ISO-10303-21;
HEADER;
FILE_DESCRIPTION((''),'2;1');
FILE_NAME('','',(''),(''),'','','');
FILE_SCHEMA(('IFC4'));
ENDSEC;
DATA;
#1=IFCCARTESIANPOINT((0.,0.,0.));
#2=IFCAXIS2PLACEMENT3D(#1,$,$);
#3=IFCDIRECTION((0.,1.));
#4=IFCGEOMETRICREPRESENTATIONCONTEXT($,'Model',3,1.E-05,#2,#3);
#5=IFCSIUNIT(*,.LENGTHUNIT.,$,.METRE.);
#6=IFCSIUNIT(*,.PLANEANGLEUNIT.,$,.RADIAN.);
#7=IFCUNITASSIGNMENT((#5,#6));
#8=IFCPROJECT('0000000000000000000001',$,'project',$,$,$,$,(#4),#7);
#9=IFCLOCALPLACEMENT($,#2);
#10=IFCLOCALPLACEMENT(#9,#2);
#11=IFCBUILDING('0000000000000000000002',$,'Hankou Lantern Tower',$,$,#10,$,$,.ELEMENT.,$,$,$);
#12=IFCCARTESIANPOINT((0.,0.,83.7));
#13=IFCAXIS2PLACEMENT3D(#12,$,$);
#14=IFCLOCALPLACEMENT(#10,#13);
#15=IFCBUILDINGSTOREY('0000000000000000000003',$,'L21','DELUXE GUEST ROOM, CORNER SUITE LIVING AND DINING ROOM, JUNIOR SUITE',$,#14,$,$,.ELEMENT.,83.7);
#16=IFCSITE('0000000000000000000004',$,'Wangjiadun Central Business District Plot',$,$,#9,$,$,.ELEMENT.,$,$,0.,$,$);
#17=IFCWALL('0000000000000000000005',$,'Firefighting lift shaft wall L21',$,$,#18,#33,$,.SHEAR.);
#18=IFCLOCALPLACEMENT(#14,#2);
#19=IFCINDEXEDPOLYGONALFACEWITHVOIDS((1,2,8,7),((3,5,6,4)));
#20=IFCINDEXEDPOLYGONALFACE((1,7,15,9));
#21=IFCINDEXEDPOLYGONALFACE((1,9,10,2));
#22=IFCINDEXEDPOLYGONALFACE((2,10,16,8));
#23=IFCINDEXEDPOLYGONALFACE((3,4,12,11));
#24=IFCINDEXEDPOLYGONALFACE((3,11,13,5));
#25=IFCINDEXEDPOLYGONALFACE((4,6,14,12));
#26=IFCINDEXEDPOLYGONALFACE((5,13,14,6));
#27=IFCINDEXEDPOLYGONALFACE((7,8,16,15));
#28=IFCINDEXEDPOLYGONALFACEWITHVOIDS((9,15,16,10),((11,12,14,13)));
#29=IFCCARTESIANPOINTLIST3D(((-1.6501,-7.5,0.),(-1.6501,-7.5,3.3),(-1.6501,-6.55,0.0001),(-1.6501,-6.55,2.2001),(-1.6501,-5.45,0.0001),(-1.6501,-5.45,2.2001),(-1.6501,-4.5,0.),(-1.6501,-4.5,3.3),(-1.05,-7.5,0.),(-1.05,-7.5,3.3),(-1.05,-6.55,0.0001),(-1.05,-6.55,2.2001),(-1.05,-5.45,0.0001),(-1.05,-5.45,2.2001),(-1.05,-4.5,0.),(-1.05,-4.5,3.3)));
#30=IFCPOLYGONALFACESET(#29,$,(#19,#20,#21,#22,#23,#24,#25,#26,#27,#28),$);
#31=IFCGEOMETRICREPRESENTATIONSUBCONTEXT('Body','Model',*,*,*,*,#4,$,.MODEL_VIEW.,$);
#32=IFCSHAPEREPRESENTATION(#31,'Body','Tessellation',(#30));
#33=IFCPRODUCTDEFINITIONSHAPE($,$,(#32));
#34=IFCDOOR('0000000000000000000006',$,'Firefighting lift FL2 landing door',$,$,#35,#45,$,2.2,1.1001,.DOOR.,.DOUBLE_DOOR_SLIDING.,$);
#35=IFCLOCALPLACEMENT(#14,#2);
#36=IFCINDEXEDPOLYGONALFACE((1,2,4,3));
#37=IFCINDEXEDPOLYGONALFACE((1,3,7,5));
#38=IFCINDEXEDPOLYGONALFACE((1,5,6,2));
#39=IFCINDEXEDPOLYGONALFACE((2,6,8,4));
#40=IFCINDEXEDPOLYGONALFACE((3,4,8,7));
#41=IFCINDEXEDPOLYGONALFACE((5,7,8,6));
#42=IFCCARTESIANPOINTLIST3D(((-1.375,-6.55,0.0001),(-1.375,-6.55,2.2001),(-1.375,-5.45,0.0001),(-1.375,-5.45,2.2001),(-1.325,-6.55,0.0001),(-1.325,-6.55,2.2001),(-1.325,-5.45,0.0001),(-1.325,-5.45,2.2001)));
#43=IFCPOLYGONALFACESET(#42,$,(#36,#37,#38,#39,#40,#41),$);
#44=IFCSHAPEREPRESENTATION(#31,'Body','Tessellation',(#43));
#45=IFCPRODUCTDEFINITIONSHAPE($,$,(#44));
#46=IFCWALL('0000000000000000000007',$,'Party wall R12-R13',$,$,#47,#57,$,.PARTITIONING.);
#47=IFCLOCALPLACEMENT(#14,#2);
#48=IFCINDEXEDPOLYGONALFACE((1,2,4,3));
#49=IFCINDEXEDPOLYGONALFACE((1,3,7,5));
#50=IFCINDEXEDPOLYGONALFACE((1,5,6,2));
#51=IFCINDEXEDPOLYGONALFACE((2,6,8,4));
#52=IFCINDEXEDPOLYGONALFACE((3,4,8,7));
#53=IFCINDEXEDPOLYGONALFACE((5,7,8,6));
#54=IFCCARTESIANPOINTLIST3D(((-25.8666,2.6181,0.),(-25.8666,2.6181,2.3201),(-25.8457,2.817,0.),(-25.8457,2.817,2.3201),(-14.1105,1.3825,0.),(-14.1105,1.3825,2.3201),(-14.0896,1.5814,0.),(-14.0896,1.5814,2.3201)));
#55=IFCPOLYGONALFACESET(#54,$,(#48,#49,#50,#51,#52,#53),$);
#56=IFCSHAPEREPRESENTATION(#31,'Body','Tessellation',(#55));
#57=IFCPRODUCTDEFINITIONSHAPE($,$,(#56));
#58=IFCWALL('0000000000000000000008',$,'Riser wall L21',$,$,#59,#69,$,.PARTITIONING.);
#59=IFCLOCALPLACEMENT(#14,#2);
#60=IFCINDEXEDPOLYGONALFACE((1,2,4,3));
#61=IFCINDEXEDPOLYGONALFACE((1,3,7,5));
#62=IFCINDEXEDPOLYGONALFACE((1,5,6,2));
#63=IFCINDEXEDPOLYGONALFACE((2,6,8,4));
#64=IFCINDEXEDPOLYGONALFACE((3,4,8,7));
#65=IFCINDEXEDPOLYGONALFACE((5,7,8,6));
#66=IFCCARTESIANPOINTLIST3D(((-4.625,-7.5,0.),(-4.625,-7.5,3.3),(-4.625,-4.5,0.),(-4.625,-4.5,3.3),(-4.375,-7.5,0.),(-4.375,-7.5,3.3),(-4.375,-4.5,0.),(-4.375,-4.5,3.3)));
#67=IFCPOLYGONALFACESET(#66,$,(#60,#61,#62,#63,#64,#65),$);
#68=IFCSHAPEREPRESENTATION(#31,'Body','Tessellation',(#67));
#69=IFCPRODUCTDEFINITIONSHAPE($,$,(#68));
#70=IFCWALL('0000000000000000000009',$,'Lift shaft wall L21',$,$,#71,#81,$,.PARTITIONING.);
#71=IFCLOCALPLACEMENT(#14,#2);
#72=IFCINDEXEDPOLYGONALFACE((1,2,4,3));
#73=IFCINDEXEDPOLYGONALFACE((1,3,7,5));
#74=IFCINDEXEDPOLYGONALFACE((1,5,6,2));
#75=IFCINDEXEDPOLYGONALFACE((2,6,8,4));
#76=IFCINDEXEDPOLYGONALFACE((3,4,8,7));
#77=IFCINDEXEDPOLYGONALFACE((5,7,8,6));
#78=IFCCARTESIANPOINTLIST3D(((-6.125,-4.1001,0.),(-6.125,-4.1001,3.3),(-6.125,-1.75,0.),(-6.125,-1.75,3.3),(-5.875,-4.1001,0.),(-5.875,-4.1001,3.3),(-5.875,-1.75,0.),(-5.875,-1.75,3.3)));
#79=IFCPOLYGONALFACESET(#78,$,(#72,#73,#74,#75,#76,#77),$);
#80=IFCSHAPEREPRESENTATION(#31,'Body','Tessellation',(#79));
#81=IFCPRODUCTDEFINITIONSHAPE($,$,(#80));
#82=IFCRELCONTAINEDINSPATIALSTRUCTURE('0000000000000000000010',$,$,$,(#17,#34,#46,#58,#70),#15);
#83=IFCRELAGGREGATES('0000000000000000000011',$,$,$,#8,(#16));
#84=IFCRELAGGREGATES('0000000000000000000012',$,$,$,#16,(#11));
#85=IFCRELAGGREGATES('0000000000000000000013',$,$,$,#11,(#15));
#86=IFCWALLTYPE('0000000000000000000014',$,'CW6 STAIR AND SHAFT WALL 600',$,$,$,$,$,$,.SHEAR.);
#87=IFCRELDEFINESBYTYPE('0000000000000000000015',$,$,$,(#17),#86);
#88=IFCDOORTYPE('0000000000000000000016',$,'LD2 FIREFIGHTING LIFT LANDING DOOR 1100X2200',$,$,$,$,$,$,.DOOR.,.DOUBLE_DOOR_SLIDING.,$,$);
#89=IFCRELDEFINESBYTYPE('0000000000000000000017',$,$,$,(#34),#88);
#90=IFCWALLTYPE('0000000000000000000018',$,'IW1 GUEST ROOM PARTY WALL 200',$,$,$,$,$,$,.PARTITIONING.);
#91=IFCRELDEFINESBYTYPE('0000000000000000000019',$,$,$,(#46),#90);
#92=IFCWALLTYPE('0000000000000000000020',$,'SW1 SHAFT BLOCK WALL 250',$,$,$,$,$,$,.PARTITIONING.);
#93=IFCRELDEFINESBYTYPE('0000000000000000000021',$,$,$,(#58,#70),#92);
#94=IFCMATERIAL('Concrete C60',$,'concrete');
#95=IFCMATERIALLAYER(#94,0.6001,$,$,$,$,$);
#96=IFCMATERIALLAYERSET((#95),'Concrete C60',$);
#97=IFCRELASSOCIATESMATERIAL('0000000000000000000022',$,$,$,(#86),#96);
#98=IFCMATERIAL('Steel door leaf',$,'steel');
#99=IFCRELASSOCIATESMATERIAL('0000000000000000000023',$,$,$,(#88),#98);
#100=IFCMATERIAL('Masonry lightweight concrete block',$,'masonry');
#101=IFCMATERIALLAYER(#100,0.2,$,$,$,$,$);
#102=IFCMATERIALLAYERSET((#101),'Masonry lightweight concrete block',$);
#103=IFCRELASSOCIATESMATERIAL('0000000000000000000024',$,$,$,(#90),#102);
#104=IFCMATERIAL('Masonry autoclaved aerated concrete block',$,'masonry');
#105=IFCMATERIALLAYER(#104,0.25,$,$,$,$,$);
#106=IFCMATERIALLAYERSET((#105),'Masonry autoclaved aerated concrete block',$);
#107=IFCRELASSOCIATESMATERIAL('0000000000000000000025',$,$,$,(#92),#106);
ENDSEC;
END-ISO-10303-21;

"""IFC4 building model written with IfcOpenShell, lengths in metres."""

from ifc_helpers import new_model, si_unit, direction, frame, frame_2d, origin, place, context, subcontext, project, spatial, rectangle, extrude, material, layer, layer_set, type_object, element, fill, save


model = new_model("IFC4")

# Units and contexts
model_context = context("Model", 3, precision=1e-05, world=origin(), true_north=direction((0.0, 1.0)))
body_context = subcontext(model_context, "Body", "Model", "MODEL_VIEW")
ifc_project = project(units=[si_unit("LENGTHUNIT", "METRE"), si_unit("PLANEANGLEUNIT", "RADIAN")], contexts=[model_context])

# Site, building, storey
site_placement = place(None, origin())
site = spatial("IfcSite", under=ifc_project, at=site_placement, Name="Wangjiadun Central Business District Plot", CompositionType="ELEMENT", RefElevation=0.0)
building_placement = place(site_placement, origin())
building = spatial("IfcBuilding", under=site, at=building_placement, Name="Hankou Lantern Tower", CompositionType="ELEMENT")
storey_placement = place(building_placement, frame((0.0, 0.0, 83.7)))
storey = spatial("IfcBuildingStorey", under=building, at=storey_placement, Name="L21", Description="DELUXE GUEST ROOM, CORNER SUITE LIVING AND DINING ROOM, JUNIOR SUITE", CompositionType="ELEMENT", Elevation=83.7)

# Wall, opening, door
ifc_material_1 = material(Name="Concrete C60", Category="concrete")
ifc_layer_1 = layer(ifc_material_1, 0.6001)
ifc_layer_set_1 = layer_set([ifc_layer_1], Name="Concrete C60")
wall_type_1 = type_object("IfcWallType", Name="CW6 STAIR AND SHAFT WALL 600", PredefinedType="SHEAR", material=ifc_layer_set_1)
wall_1_placement = place(storey_placement, frame((-1.3501, -7.5, 0.0), z_axis=(0.0, 0.0, 1.0), x_axis=(0.0, 1.0, 0.0)))
wall_1 = element("IfcWall", 1, at=wall_1_placement, inside=storey, type_object=wall_type_1, Name="Firefighting lift shaft wall L21", PredefinedType="SHEAR", context=body_context, shape_type="SweptSolid", body=[
    extrude(rectangle(XDim=3.0, YDim=0.6001, at=frame_2d((1.5, 0.0))), origin(), (0.0, 0.0, 1.0), 3.3),
])
opening_1_placement = place(wall_1_placement, frame((0.95, 0.0, 0.0)))
opening_1 = element("IfcOpeningElement", 2, at=opening_1_placement, cuts=wall_1, PredefinedType="OPENING", context=body_context, shape_type="SweptSolid", body=[
    extrude(rectangle(XDim=1.1001, YDim=2.2, at=frame_2d((0.55, 1.1001))), frame((0.0, 0.3101, 0.0), z_axis=(0.0, -1.0, 0.0), x_axis=(1.0, 0.0, 0.0)), (0.0, 0.0, 1.0), 0.6201),
])
ifc_material_2 = material(Name="Steel door leaf", Category="steel")
door_type_1 = type_object("IfcDoorType", Name="LD2 FIREFIGHTING LIFT LANDING DOOR 1100X2200", OperationType="DOUBLE_DOOR_SLIDING", PredefinedType="DOOR", material=ifc_material_2)
door_1_placement = place(opening_1_placement, origin())
door_1 = element("IfcDoor", 3, at=door_1_placement, inside=storey, type_object=door_type_1, Name="Firefighting lift FL2 landing door", OperationType="DOUBLE_DOOR_SLIDING", OverallHeight=2.2, OverallWidth=1.1001, PredefinedType="DOOR", context=body_context, shape_type="SweptSolid", body=[
    extrude(rectangle(XDim=1.1001, YDim=2.2, at=frame_2d((0.55, 1.1001))), frame((0.0, 0.0249, 0.0), z_axis=(0.0, -1.0, 0.0), x_axis=(1.0, 0.0, 0.0)), (0.0, 0.0, 1.0), 0.05),
])
fill(opening_1, door_1)

# Walls
ifc_material_3 = material(Name="Masonry lightweight concrete block", Category="masonry")
ifc_layer_2 = layer(ifc_material_3, 0.2)
ifc_layer_set_2 = layer_set([ifc_layer_2], Name="Masonry lightweight concrete block")
wall_type_2 = type_object("IfcWallType", Name="IW1 GUEST ROOM PARTY WALL 200", PredefinedType="PARTITIONING", material=ifc_layer_set_2)
wall_2_placement = place(storey_placement, frame((-14.1001, 1.4819, 0.0), z_axis=(0.0, 0.0, 1.0), x_axis=(-0.994522, 0.104527, 0.0)))
element("IfcWall", 4, at=wall_2_placement, inside=storey, type_object=wall_type_2, Name="Party wall R12-R13", PredefinedType="PARTITIONING", context=body_context, shape_type="SweptSolid", body=[
    extrude(rectangle(XDim=11.8208, YDim=0.2, at=frame_2d((5.9104, 0.0))), origin(), (0.0, 0.0, 1.0), 2.3201),
])
ifc_material_4 = material(Name="Masonry autoclaved aerated concrete block", Category="masonry")
ifc_layer_3 = layer(ifc_material_4, 0.25)
ifc_layer_set_3 = layer_set([ifc_layer_3], Name="Masonry autoclaved aerated concrete block")
wall_type_3 = type_object("IfcWallType", Name="SW1 SHAFT BLOCK WALL 250", PredefinedType="PARTITIONING", material=ifc_layer_set_3)
wall_3_placement = place(storey_placement, frame((-4.5, -7.5, 0.0), z_axis=(0.0, 0.0, 1.0), x_axis=(0.0, 1.0, 0.0)))
element("IfcWall", 5, at=wall_3_placement, inside=storey, type_object=wall_type_3, Name="Riser wall L21", PredefinedType="PARTITIONING", context=body_context, shape_type="SweptSolid", body=[
    extrude(rectangle(XDim=3.0, YDim=0.25, at=frame_2d((1.5, 0.0))), origin(), (0.0, 0.0, 1.0), 3.3),
])
wall_4_placement = place(storey_placement, frame((-6.0, -4.1001, 0.0), z_axis=(0.0, 0.0, 1.0), x_axis=(0.0, 1.0, 0.0)))
element("IfcWall", 6, at=wall_4_placement, inside=storey, type_object=wall_type_3, Name="Lift shaft wall L21", PredefinedType="PARTITIONING", context=body_context, shape_type="SweptSolid", body=[
    extrude(rectangle(XDim=2.3501, YDim=0.25, at=frame_2d((1.175, 0.0))), origin(), (0.0, 0.0, 1.0), 3.3),
])

save(model, "model.ifc")
